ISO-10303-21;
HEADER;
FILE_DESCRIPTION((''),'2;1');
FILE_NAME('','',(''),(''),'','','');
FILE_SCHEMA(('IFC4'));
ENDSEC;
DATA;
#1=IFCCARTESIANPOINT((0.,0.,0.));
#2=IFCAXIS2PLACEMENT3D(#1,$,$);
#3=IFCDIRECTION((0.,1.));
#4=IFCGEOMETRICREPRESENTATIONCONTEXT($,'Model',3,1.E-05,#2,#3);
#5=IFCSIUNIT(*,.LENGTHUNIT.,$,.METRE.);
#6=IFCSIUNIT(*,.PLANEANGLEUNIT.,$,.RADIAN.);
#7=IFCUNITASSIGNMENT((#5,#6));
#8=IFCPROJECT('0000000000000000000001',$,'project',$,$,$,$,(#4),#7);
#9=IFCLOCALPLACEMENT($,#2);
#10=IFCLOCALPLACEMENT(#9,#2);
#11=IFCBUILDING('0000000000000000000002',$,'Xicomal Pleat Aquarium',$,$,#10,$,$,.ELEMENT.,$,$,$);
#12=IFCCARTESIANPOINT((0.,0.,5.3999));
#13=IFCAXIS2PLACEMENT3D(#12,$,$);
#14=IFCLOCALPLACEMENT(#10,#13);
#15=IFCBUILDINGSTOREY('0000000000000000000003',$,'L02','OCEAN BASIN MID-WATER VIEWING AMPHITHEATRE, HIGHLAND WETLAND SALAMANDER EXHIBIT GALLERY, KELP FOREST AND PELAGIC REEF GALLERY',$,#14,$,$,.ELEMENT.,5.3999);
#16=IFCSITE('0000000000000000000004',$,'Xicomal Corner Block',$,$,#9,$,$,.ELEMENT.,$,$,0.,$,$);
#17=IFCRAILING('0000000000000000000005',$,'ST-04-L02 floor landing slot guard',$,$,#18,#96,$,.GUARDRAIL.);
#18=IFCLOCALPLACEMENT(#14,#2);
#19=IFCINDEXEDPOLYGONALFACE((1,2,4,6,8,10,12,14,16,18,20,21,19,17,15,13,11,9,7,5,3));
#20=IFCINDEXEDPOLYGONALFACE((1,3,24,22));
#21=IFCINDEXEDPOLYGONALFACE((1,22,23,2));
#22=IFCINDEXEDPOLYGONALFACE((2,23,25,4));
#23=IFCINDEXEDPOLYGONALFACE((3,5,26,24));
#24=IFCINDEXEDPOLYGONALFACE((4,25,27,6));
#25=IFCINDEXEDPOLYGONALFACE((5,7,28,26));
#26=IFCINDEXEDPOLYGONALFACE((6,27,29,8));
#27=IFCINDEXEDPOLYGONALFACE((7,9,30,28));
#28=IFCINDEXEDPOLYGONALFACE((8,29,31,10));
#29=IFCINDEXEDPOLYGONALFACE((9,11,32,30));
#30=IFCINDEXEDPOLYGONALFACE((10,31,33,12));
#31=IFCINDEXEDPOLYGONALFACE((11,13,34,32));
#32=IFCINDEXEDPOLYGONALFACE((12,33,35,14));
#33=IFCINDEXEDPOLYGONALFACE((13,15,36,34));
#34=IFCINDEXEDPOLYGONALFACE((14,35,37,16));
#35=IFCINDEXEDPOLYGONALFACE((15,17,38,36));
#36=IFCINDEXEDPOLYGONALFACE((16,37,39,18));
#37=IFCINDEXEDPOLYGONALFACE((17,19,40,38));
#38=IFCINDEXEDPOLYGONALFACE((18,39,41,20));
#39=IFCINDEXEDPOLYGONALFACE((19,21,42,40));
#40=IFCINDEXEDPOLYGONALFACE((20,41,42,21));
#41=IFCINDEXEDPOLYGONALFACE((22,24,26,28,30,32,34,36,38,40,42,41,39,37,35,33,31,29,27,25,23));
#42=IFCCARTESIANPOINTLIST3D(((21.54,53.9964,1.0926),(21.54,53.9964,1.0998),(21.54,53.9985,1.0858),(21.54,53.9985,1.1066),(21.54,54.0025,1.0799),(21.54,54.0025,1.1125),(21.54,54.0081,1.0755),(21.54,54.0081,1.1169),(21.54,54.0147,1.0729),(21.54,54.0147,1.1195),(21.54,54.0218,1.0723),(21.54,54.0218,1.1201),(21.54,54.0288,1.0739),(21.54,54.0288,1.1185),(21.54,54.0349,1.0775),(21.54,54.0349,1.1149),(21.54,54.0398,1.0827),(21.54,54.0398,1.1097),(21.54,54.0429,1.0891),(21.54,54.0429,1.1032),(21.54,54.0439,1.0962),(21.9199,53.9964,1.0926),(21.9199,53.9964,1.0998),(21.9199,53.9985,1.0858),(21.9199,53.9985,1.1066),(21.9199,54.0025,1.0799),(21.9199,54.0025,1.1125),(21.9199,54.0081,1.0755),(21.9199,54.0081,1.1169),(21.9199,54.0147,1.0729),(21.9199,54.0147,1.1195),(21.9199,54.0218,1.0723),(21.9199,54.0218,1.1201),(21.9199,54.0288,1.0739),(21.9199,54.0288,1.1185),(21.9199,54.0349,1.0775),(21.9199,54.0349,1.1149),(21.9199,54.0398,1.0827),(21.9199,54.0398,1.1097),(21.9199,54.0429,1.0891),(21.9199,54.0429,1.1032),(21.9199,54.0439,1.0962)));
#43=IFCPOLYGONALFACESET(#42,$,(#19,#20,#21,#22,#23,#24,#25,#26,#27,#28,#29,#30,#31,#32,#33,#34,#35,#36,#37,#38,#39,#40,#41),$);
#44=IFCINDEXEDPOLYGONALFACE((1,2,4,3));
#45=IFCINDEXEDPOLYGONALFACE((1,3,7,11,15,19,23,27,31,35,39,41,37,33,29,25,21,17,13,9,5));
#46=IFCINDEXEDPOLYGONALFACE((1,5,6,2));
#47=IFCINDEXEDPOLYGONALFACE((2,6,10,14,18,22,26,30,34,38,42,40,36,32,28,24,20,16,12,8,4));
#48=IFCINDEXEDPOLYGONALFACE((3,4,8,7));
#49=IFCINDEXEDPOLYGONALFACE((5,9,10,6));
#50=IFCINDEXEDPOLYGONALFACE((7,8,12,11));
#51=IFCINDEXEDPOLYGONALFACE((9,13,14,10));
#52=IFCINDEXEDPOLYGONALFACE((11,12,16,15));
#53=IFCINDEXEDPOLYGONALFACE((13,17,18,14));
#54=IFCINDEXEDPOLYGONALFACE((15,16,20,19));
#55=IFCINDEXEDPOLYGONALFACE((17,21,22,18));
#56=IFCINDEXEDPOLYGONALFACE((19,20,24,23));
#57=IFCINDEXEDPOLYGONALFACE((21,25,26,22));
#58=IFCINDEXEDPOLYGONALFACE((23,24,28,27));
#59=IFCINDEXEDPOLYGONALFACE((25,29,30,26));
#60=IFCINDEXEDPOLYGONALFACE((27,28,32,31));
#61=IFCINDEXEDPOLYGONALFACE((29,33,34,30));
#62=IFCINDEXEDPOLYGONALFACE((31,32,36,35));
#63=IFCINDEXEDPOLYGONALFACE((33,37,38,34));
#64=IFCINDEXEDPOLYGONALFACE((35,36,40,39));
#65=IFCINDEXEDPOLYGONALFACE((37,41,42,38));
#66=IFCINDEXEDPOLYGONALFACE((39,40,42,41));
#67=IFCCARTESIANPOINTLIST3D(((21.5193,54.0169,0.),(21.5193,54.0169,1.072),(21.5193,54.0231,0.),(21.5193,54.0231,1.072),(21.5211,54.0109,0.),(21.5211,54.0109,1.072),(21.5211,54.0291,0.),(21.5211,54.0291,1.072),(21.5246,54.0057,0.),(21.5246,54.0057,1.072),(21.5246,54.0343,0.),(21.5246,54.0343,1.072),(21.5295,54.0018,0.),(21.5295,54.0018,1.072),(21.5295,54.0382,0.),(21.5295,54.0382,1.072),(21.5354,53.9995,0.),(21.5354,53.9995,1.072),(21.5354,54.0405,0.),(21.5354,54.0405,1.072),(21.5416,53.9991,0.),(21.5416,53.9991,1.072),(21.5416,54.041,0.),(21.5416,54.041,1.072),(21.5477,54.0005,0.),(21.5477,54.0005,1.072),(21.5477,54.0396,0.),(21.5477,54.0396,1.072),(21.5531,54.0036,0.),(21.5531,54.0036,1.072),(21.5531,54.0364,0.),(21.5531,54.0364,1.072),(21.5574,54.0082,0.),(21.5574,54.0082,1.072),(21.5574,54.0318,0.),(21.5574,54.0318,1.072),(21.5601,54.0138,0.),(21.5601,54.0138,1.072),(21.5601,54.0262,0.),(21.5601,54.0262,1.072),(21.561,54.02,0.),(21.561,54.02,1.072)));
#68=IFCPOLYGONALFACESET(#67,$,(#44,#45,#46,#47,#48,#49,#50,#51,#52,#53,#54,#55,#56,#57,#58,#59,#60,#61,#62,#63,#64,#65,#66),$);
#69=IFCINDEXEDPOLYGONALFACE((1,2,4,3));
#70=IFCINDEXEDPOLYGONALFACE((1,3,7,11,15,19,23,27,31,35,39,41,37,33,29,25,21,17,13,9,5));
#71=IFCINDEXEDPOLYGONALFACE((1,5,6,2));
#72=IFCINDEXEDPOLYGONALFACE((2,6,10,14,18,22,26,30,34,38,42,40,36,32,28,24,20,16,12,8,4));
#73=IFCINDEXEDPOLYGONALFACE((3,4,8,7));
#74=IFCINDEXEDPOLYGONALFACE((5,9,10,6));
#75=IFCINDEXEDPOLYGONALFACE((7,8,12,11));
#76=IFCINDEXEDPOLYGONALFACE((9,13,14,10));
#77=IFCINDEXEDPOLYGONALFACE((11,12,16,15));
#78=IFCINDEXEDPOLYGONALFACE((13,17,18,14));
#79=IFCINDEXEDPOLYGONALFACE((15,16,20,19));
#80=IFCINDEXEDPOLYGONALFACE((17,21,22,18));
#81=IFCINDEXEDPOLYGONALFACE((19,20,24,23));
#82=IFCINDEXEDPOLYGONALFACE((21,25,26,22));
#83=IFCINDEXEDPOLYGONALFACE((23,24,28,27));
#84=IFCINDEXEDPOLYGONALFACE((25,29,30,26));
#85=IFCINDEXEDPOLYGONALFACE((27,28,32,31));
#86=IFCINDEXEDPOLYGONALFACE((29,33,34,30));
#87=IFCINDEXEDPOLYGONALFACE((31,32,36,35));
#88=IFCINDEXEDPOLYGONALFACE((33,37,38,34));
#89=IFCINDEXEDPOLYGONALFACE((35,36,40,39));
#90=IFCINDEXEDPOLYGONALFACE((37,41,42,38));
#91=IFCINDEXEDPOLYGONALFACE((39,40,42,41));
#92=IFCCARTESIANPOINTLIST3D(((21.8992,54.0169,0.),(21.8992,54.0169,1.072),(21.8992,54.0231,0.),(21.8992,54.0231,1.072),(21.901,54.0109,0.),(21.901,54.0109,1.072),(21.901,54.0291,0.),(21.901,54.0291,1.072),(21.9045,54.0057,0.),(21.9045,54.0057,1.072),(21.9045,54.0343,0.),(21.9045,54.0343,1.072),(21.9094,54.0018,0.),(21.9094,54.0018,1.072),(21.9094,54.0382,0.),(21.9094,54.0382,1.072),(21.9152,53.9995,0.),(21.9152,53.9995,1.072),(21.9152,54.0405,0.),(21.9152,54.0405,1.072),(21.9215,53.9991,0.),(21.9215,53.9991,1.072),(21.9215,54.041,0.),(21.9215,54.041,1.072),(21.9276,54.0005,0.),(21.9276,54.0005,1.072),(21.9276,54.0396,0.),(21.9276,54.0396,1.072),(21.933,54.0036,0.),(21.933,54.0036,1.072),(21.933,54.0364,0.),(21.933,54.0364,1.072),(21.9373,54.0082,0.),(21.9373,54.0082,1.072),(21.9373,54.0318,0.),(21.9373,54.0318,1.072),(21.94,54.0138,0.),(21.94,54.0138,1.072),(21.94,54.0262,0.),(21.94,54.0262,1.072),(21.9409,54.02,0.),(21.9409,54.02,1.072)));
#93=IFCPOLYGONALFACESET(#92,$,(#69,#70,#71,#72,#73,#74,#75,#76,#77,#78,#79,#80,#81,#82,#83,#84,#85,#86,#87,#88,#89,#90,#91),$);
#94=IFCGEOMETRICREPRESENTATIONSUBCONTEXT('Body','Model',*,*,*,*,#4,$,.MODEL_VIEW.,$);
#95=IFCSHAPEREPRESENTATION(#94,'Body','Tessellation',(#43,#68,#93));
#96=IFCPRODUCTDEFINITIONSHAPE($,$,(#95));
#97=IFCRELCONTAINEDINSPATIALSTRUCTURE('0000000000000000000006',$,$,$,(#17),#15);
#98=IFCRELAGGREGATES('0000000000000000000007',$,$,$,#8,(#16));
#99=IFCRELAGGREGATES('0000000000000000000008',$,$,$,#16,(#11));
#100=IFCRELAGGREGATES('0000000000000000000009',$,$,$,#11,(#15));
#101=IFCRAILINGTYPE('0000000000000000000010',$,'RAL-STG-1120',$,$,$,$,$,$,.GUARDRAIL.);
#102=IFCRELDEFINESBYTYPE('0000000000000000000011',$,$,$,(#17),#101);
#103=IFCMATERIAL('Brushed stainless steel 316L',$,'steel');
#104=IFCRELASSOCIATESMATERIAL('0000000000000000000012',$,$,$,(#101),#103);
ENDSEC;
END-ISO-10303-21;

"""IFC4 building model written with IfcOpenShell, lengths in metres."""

from ifc_helpers import new_model, si_unit, direction, frame, origin, origin_2d, place, context, subcontext, project, spatial, circle, extrude, material, type_object, element, save


model = new_model("IFC4")

# Units and contexts
model_context = context("Model", 3, precision=1e-05, world=origin(), true_north=direction((0.0, 1.0)))
body_context = subcontext(model_context, "Body", "Model", "MODEL_VIEW")
ifc_project = project(units=[si_unit("LENGTHUNIT", "METRE"), si_unit("PLANEANGLEUNIT", "RADIAN")], contexts=[model_context])

# Site, building, storey
site_placement = place(None, origin())
site = spatial("IfcSite", under=ifc_project, at=site_placement, Name="Xicomal Corner Block", CompositionType="ELEMENT", RefElevation=0.0)
building_placement = place(site_placement, origin())
building = spatial("IfcBuilding", under=site, at=building_placement, Name="Xicomal Pleat Aquarium", CompositionType="ELEMENT")
storey_placement = place(building_placement, frame((0.0, 0.0, 5.3999)))
storey = spatial("IfcBuildingStorey", under=building, at=storey_placement, Name="L02", Description="OCEAN BASIN MID-WATER VIEWING AMPHITHEATRE, HIGHLAND WETLAND SALAMANDER EXHIBIT GALLERY, KELP FOREST AND PELAGIC REEF GALLERY", CompositionType="ELEMENT", Elevation=5.3999)

# Railing
ifc_material_1 = material(Name="Brushed stainless steel 316L", Category="steel")
railing_type_1 = type_object("IfcRailingType", Name="RAL-STG-1120", PredefinedType="GUARDRAIL", material=ifc_material_1)
railing_1_placement = place(storey_placement, frame((21.54, 54.02, 0.0)))
element("IfcRailing", 1, at=railing_1_placement, inside=storey, type_object=railing_type_1, Name="ST-04-L02 floor landing slot guard", PredefinedType="GUARDRAIL", context=body_context, shape_type="SweptSolid", body=[
    extrude(circle(Radius=0.0239, at=origin_2d()), frame((0.0, 0.0, 1.0962), z_axis=(1.0, 0.0, 0.0), x_axis=(0.0, 1.0, 0.0)), (0.0, 0.0, 1.0), 0.3799),
    extrude(circle(Radius=0.021, at=origin_2d()), origin(), (0.0, 0.0, 1.0), 1.072),
    extrude(circle(Radius=0.021, at=origin_2d()), frame((0.3799, 0.0, 0.0)), (0.0, 0.0, 1.0), 1.072),
])

save(model, "model.ifc")
